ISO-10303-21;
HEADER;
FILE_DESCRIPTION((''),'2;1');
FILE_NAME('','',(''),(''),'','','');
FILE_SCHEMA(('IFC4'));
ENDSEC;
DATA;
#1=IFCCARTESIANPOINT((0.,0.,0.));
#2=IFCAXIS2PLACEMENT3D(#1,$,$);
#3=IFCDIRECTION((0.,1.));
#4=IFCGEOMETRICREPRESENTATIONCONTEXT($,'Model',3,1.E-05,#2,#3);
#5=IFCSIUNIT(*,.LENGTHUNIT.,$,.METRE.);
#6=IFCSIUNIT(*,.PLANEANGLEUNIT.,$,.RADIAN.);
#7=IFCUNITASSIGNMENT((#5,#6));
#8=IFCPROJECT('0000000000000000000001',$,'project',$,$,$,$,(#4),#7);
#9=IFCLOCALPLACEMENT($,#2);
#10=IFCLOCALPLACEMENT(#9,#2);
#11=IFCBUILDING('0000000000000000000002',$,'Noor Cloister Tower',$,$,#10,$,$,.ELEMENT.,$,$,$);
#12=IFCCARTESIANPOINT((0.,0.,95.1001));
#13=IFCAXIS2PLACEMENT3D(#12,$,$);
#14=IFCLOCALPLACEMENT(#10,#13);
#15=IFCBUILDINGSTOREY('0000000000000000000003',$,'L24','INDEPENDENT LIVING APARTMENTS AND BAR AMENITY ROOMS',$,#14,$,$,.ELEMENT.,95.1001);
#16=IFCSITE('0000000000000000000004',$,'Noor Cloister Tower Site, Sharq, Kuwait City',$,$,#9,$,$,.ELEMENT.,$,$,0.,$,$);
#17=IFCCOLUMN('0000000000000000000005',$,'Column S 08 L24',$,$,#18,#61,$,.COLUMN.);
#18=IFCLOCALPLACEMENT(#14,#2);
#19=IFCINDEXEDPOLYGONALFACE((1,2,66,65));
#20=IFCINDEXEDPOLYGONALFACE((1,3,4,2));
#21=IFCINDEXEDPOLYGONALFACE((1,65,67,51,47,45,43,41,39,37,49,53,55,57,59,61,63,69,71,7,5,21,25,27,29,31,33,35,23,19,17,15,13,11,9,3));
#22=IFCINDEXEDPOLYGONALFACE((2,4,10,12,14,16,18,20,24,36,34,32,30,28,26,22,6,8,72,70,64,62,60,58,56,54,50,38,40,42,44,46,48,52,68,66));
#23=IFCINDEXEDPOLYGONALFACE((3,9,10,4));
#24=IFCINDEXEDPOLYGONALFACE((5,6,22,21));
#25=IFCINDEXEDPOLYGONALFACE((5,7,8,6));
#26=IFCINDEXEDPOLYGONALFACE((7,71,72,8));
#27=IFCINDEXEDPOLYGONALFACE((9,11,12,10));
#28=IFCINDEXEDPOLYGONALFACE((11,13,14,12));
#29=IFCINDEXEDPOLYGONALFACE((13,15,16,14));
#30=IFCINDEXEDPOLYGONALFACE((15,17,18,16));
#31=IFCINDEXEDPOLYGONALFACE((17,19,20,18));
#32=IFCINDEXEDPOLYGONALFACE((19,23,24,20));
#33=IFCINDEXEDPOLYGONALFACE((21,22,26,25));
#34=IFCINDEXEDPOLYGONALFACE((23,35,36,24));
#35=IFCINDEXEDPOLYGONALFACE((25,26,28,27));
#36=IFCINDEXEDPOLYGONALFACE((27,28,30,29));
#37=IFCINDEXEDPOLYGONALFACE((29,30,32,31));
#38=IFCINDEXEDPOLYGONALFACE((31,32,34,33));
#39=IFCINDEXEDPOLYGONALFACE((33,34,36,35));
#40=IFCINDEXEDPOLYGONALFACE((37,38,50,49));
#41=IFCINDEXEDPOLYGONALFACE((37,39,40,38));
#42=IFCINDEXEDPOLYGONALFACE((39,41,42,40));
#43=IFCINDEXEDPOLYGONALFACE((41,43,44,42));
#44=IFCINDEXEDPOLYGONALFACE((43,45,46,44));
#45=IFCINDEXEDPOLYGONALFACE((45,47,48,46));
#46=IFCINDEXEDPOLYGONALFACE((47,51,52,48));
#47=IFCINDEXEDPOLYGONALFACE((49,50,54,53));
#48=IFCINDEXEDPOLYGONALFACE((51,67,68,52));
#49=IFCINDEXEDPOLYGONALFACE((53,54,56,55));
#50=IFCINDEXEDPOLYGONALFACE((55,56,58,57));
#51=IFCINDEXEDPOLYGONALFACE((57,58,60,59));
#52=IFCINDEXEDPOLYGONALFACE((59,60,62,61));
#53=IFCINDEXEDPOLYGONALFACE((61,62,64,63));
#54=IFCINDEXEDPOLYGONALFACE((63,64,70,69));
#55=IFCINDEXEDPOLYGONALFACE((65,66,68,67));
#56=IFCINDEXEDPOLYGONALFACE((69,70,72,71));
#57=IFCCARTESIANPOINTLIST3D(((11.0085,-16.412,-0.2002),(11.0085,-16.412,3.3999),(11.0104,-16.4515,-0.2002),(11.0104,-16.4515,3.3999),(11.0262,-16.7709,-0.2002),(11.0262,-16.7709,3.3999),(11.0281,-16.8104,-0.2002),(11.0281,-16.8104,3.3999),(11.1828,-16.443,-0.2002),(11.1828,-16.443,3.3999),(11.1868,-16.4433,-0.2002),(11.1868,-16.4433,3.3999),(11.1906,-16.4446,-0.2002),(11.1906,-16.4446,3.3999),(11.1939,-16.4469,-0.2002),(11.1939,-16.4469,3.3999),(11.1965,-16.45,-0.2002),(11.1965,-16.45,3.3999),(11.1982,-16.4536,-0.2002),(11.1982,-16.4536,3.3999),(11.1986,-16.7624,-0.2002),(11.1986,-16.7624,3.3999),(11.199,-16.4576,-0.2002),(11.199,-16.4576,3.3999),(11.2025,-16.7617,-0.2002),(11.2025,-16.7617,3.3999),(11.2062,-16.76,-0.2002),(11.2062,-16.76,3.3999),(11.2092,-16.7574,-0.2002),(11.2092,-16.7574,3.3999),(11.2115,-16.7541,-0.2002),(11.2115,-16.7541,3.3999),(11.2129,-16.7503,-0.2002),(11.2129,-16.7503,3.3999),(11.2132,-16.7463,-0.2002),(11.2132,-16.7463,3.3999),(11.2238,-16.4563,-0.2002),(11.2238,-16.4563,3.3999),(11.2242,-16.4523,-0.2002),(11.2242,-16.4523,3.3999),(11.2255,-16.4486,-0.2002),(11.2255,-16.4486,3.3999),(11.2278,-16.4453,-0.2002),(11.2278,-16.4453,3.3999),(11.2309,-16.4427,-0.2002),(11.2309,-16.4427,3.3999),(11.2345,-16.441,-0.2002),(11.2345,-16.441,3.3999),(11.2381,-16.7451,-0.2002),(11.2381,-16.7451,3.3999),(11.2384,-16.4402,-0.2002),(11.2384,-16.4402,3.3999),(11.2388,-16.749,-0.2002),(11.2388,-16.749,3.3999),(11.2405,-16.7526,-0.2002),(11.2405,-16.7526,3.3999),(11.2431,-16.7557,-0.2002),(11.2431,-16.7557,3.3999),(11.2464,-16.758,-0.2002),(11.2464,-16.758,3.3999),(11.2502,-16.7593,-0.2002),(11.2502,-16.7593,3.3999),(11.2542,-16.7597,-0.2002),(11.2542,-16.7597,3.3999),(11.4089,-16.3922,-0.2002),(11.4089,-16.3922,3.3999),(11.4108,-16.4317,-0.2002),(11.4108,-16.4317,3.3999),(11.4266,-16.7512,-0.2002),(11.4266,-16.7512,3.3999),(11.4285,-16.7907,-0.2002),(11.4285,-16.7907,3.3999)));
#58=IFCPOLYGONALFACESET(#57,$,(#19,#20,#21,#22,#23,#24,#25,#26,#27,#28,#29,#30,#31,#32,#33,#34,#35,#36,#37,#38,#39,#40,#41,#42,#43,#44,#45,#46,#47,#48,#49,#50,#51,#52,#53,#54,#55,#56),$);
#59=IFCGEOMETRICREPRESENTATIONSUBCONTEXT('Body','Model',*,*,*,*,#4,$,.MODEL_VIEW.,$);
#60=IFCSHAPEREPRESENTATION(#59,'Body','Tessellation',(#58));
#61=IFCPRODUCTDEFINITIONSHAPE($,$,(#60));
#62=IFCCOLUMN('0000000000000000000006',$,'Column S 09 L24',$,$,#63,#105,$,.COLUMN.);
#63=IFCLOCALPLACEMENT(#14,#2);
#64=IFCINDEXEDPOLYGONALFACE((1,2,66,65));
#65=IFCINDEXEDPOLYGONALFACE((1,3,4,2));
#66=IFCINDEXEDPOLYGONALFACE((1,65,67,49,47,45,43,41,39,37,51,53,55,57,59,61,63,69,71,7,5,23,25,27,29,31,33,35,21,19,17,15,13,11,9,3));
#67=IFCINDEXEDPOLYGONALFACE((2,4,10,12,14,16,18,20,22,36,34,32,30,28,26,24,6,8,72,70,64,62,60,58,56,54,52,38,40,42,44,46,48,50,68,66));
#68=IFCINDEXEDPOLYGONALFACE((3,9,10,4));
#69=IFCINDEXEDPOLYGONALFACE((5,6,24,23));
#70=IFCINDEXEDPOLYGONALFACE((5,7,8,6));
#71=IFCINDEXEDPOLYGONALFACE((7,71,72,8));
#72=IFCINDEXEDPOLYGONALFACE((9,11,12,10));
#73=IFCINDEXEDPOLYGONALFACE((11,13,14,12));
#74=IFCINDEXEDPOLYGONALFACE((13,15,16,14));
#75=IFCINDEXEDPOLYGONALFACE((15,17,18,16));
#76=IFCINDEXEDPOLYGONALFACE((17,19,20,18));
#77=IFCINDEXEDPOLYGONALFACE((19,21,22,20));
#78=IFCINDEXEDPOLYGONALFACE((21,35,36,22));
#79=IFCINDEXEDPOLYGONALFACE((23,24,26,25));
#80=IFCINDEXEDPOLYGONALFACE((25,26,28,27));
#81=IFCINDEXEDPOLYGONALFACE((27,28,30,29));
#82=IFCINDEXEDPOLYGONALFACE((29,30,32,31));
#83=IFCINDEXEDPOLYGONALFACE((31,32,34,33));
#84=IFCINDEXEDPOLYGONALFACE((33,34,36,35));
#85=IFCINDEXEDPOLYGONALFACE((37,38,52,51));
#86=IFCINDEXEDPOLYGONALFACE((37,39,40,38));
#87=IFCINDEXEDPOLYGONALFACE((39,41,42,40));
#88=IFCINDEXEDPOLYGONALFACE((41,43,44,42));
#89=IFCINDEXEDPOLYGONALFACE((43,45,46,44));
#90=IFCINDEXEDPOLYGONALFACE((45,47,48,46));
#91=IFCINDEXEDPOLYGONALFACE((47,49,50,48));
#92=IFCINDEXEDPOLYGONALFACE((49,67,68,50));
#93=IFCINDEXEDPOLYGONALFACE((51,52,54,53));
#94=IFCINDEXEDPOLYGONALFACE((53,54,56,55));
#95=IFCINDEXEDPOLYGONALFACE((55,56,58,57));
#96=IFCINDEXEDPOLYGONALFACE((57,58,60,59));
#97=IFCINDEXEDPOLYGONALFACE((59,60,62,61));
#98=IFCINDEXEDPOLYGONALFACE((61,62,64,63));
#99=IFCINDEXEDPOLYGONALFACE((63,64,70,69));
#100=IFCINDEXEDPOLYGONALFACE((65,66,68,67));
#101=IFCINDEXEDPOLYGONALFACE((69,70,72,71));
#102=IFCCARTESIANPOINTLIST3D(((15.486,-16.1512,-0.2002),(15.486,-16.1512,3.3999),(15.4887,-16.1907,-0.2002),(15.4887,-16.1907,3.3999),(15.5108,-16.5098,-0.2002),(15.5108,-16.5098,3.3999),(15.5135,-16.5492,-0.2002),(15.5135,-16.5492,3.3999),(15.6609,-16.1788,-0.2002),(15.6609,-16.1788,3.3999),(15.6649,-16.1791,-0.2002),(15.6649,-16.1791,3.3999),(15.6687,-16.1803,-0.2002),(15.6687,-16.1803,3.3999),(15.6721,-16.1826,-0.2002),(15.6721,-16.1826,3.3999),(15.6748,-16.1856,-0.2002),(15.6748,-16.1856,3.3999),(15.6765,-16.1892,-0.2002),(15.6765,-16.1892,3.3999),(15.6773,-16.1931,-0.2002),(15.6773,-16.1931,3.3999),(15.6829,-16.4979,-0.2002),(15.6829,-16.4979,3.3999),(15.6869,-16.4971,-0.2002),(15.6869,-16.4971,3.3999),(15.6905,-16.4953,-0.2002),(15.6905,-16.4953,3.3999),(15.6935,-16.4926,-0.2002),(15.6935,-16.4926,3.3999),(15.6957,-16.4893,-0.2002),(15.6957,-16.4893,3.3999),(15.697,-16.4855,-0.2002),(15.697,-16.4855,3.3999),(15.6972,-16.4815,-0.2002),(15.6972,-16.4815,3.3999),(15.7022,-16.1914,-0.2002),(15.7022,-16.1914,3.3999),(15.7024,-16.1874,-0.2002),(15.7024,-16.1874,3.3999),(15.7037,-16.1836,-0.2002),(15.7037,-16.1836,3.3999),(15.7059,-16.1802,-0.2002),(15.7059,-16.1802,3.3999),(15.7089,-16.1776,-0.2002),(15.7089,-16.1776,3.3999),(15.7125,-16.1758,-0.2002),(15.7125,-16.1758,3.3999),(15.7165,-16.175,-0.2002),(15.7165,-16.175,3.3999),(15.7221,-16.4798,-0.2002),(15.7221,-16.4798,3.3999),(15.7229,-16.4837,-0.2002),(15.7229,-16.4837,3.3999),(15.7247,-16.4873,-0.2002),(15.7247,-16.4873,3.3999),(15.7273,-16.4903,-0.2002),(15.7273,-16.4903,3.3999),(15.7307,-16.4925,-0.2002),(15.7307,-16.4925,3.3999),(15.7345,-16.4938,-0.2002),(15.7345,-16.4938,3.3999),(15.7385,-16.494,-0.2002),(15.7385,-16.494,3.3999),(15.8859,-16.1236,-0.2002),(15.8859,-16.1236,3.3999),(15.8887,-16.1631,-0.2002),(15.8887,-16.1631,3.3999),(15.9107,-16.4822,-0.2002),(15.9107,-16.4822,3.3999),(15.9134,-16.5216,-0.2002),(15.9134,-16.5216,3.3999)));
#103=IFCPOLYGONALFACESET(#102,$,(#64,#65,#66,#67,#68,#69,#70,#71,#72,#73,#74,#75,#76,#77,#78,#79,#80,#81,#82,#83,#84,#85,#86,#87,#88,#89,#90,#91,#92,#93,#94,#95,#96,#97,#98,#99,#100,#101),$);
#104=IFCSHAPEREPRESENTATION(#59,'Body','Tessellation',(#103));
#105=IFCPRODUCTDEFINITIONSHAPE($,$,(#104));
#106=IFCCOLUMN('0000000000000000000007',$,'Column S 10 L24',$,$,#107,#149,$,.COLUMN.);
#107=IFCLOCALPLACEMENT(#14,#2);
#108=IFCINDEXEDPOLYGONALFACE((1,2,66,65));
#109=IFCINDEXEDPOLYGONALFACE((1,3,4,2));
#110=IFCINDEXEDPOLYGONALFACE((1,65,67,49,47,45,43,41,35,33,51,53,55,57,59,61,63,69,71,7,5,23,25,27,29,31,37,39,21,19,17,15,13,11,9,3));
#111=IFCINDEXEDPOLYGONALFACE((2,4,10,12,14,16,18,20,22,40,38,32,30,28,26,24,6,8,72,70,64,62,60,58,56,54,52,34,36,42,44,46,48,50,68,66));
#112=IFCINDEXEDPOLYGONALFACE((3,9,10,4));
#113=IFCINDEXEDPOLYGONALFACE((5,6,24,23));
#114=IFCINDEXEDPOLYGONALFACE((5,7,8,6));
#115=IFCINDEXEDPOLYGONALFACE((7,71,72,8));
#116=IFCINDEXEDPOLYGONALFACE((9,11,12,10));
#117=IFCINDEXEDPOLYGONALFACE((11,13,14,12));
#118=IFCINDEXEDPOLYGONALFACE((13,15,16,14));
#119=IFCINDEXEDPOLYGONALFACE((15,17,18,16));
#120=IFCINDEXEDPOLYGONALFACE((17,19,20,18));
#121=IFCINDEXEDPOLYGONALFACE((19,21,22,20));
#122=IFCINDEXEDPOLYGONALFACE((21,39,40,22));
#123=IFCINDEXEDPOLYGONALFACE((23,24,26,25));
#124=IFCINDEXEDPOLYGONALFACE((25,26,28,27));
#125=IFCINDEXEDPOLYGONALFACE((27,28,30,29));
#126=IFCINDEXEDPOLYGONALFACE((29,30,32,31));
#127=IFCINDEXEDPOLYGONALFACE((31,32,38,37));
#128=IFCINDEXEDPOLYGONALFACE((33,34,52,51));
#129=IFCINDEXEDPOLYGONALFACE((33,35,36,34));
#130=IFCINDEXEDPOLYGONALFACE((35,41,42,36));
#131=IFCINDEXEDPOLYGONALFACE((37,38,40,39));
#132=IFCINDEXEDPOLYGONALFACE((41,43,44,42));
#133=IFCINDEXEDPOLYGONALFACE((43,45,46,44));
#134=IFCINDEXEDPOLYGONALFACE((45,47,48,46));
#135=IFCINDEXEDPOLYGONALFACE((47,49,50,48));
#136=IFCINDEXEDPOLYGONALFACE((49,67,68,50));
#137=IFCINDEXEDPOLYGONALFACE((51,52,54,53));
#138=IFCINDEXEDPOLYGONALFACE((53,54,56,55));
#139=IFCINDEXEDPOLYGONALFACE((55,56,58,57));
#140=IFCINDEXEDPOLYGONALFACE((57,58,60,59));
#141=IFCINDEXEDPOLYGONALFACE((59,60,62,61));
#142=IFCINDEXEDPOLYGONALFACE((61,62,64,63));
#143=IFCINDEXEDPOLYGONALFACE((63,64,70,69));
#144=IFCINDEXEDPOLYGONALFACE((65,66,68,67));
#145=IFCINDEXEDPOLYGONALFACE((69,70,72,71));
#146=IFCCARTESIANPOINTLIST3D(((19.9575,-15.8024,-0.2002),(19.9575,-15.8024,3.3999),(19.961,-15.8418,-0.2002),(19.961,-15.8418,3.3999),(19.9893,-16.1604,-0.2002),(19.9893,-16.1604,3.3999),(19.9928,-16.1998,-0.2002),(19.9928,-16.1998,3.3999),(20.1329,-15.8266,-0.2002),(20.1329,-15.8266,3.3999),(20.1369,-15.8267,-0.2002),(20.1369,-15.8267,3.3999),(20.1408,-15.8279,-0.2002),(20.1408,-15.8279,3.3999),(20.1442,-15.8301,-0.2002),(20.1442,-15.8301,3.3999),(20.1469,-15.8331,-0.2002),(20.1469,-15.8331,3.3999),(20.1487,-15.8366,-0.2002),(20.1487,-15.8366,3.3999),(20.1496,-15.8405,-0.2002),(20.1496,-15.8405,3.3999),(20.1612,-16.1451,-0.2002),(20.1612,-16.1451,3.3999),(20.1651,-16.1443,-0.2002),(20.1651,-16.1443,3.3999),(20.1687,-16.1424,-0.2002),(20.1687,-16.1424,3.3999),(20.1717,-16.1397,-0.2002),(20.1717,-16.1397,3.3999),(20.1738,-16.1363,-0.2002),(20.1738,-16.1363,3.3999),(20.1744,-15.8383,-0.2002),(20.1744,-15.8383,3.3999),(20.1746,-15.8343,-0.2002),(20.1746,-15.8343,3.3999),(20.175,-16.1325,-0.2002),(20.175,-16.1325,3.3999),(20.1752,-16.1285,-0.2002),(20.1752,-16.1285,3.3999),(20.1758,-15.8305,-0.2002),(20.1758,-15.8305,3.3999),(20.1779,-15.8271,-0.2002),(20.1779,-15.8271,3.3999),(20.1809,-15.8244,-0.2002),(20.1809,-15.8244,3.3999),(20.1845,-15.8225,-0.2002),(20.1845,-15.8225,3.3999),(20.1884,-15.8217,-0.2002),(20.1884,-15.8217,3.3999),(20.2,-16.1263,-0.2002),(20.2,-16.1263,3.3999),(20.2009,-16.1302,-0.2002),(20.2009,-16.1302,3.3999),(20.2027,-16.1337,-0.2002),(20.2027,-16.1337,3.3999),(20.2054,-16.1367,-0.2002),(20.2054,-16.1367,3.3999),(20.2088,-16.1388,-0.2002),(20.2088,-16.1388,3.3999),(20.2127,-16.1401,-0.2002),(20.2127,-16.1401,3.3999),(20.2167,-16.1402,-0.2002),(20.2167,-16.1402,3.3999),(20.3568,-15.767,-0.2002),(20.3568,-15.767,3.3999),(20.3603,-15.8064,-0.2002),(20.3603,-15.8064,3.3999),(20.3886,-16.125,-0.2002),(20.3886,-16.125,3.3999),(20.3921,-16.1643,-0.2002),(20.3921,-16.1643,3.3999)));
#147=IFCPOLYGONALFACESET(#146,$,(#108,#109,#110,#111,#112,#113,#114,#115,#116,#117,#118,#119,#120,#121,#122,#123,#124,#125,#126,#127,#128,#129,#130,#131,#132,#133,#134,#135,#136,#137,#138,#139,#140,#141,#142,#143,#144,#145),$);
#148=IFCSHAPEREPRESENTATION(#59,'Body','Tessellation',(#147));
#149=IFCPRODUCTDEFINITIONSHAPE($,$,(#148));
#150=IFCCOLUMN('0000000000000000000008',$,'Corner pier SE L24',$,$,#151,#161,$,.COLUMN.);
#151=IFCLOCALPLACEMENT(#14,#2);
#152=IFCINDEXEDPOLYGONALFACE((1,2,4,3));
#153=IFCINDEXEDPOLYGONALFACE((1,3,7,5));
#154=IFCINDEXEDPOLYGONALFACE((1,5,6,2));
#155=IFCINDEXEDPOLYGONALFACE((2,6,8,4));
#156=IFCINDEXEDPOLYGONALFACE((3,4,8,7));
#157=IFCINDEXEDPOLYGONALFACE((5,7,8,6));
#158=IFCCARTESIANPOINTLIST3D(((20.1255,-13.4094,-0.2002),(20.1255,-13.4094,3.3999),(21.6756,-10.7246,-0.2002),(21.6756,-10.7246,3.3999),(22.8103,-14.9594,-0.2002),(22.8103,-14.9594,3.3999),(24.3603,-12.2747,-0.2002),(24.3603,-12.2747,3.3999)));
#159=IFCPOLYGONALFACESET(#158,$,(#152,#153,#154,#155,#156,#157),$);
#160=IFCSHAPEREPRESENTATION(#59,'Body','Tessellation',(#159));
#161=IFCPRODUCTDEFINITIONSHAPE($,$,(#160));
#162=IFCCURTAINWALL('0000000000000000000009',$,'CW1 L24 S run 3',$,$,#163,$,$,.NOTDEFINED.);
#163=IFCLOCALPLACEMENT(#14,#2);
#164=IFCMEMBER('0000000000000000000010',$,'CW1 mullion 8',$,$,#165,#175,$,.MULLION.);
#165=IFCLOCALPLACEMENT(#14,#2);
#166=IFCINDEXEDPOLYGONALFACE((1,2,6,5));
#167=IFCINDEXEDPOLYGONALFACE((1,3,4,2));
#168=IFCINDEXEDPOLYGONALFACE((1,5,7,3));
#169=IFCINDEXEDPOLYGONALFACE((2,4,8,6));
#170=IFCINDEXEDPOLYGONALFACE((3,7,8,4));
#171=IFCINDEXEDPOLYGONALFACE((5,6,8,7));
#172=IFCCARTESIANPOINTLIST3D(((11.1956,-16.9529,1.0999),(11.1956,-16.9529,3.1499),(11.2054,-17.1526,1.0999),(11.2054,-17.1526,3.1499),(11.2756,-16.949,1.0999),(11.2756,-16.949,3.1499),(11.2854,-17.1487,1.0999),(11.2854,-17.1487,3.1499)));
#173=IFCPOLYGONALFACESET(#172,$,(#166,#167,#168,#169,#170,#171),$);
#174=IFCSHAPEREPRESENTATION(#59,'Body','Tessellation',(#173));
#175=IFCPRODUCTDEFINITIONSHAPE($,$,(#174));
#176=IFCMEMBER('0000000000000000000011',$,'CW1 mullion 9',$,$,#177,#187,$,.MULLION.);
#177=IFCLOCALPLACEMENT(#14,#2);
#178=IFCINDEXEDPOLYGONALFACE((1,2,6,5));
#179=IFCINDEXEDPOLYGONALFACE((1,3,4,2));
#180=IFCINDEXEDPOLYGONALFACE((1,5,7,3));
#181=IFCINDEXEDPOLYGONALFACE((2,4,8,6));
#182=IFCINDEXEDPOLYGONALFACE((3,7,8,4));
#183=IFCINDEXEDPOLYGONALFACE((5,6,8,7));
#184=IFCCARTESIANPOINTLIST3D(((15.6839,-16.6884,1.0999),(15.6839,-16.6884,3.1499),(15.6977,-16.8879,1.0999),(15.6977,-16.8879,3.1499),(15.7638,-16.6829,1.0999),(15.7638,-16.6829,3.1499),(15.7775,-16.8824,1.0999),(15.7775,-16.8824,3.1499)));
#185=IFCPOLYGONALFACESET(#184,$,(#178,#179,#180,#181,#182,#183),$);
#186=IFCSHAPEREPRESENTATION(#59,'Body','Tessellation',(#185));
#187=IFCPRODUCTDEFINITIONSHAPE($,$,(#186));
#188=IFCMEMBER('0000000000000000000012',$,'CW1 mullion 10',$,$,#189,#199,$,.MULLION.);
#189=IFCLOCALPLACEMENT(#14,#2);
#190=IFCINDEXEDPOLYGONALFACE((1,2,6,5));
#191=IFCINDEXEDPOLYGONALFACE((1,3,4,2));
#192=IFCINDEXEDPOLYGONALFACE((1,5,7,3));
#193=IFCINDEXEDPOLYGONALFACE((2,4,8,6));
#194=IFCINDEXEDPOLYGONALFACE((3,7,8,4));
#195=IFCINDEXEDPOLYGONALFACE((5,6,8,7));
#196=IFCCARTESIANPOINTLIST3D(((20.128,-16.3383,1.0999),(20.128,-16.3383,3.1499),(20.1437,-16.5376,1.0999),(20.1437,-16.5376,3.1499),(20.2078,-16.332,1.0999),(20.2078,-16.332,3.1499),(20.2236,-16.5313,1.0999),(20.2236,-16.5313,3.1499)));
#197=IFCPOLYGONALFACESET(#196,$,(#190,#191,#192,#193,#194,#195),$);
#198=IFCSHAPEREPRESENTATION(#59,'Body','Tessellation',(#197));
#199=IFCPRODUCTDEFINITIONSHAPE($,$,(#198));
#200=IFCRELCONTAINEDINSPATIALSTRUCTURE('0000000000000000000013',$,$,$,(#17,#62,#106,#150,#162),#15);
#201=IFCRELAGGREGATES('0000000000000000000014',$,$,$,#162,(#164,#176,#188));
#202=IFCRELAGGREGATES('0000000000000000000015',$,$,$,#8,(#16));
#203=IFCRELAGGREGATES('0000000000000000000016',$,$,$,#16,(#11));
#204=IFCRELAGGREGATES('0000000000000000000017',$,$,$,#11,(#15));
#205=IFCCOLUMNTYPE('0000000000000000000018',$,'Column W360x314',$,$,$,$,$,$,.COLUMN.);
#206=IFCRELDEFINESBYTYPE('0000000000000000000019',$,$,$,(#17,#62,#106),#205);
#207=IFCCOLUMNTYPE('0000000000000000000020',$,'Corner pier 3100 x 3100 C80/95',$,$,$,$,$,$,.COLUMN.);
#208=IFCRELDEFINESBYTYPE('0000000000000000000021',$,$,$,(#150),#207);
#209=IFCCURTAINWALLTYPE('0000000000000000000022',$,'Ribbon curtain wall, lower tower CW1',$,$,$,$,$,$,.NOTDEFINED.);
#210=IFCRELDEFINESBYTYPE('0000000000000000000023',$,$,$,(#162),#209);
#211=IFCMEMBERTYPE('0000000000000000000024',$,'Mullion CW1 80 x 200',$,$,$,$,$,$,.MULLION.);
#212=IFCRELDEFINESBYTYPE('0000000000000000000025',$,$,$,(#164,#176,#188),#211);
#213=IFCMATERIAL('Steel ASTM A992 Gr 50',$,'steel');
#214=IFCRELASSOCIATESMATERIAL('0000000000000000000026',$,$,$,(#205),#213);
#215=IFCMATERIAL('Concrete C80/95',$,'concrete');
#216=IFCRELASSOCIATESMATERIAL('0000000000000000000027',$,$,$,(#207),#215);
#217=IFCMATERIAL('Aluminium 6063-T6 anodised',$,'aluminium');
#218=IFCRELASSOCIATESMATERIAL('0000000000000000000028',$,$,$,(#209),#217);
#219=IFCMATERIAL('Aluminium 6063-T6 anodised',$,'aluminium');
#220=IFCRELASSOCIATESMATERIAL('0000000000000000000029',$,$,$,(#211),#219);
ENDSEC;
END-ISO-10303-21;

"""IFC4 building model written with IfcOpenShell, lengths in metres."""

from ifc_helpers import new_model, si_unit, direction, frame, origin, origin_2d, place, context, subcontext, project, spatial, rectangle, i_section, extrude, material, material_profile, profile_set, type_object, element, aggregate, save


model = new_model("IFC4")

# Units and contexts
model_context = context("Model", 3, precision=1e-05, world=origin(), true_north=direction((0.0, 1.0)))
body_context = subcontext(model_context, "Body", "Model", "MODEL_VIEW")
ifc_project = project(units=[si_unit("LENGTHUNIT", "METRE"), si_unit("PLANEANGLEUNIT", "RADIAN")], contexts=[model_context])

# Site, building, storey
site_placement = place(None, origin())
site = spatial("IfcSite", under=ifc_project, at=site_placement, Name="Noor Cloister Tower Site, Sharq, Kuwait City", CompositionType="ELEMENT", RefElevation=0.0)
building_placement = place(site_placement, origin())
building = spatial("IfcBuilding", under=site, at=building_placement, Name="Noor Cloister Tower", CompositionType="ELEMENT")
storey_placement = place(building_placement, frame((0.0, 0.0, 95.1001)))
storey = spatial("IfcBuildingStorey", under=building, at=storey_placement, Name="L24", Description="INDEPENDENT LIVING APARTMENTS AND BAR AMENITY ROOMS", CompositionType="ELEMENT", Elevation=95.1001)

# Columns
ifc_material_1 = material(Name="Steel ASTM A992 Gr 50", Category="steel")
ifc_material_profile_1 = material_profile(ifc_material_1, i_section(OverallWidth=0.4009, OverallDepth=0.3989, WebThickness=0.0249, FlangeThickness=0.0396, FilletRadius=0.0154, at=origin_2d()), Name="W360x314")
ifc_profile_set_1 = profile_set([ifc_material_profile_1], Name="Steel ASTM A992 Gr 50")
column_type_1 = type_object("IfcColumnType", Name="Column W360x314", PredefinedType="COLUMN", material=ifc_profile_set_1)
for number, where, z_axis, x_axis, name in (
    (1, (11.2185, -16.6013, -0.2002), (0.0, 0.0, 1.0), (0.99879, 0.049188, 0.0), "Column S 08 L24"),
    (2, (15.6997, -16.3364, -0.2002), (0.0, 0.0, 1.0), (0.997628, 0.068837, 0.0), "Column S 09 L24"),
    (3, (20.1748, -15.9834, -0.2002), (0.0, 0.0, 1.0), (0.99608, 0.088459, 0.0), "Column S 10 L24"),
):
    element("IfcColumn", number, at=place(storey_placement, frame(where, z_axis=z_axis, x_axis=x_axis)), inside=storey, type_object=column_type_1, Name=name, PredefinedType="COLUMN", context=body_context, shape_type="SweptSolid", body=[
        extrude(i_section(OverallWidth=0.4009, OverallDepth=0.3989, WebThickness=0.0249, FlangeThickness=0.0396, FilletRadius=0.0154, at=origin_2d()), origin(), (0.0, 0.0, 1.0), 3.6001),
    ])
ifc_material_2 = material(Name="Concrete C80/95", Category="concrete")
ifc_material_profile_2 = material_profile(ifc_material_2, rectangle(XDim=3.1001, YDim=3.1001, at=origin_2d()), Name="RC 3100x3100")
ifc_profile_set_2 = profile_set([ifc_material_profile_2], Name="Concrete C80/95")
column_type_2 = type_object("IfcColumnType", Name="Corner pier 3100 x 3100 C80/95", PredefinedType="COLUMN", material=ifc_profile_set_2)
column_placement = place(storey_placement, frame((22.2429, -12.842, -0.2002), z_axis=(0.0, 0.0, 1.0), x_axis=(0.866025, -0.5, 0.0)))
element("IfcColumn", 4, at=column_placement, inside=storey, type_object=column_type_2, Name="Corner pier SE L24", PredefinedType="COLUMN", context=body_context, shape_type="SweptSolid", body=[
    extrude(rectangle(XDim=3.1001, YDim=3.1001, at=origin_2d()), origin(), (0.0, 0.0, 1.0), 3.6001),
])

# Curtain wall, members
ifc_material_3 = material(Name="Aluminium 6063-T6 anodised", Category="aluminium")
curtain_wall_type = type_object("IfcCurtainWallType", Name="Ribbon curtain wall, lower tower CW1", PredefinedType="NOTDEFINED", material=ifc_material_3)
curtain_wall_placement = place(storey_placement, origin())
curtain_wall = element("IfcCurtainWall", 5, at=curtain_wall_placement, inside=storey, type_object=curtain_wall_type, Name="CW1 L24 S run 3", PredefinedType="NOTDEFINED")
ifc_material_4 = material(Name="Aluminium 6063-T6 anodised", Category="aluminium")
ifc_material_profile_3 = material_profile(ifc_material_4, rectangle(XDim=0.2, YDim=0.0801, at=origin_2d()), Name="200 x 80 mullion")
ifc_profile_set_3 = profile_set([ifc_material_profile_3], Name="Aluminium 6063-T6 anodised")
member_type = type_object("IfcMemberType", Name="Mullion CW1 80 x 200", PredefinedType="MULLION", material=ifc_profile_set_3)
member_1_placement = place(storey_placement, frame((11.2405, -17.0508, 1.0999), z_axis=(0.0, 0.0, 1.0), x_axis=(-0.049188, 0.99879, 0.0)))
member_1 = element("IfcMember", 6, at=member_1_placement, type_object=member_type, Name="CW1 mullion 8", PredefinedType="MULLION", context=body_context, shape_type="SweptSolid", body=[
    extrude(rectangle(XDim=0.2, YDim=0.0801, at=origin_2d()), origin(), (0.0, 0.0, 1.0), 2.05),
])
member_2_placement = place(storey_placement, frame((15.7307, -16.7854, 1.0999), z_axis=(0.0, 0.0, 1.0), x_axis=(-0.068837, 0.997628, 0.0)))
member_2 = element("IfcMember", 7, at=member_2_placement, type_object=member_type, Name="CW1 mullion 9", PredefinedType="MULLION", context=body_context, shape_type="SweptSolid", body=[
    extrude(rectangle(XDim=0.2, YDim=0.0801, at=origin_2d()), origin(), (0.0, 0.0, 1.0), 2.05),
])
member_3_placement = place(storey_placement, frame((20.1758, -16.4348, 1.0999), z_axis=(0.0, 0.0, 1.0), x_axis=(-0.078652, 0.996902, 0.0)))
member_3 = element("IfcMember", 8, at=member_3_placement, type_object=member_type, Name="CW1 mullion 10", PredefinedType="MULLION", context=body_context, shape_type="SweptSolid", body=[
    extrude(rectangle(XDim=0.2, YDim=0.0801, at=origin_2d()), origin(), (0.0, 0.0, 1.0), 2.05),
])

aggregate(curtain_wall, [member_1, member_2, member_3])

save(model, "model.ifc")
